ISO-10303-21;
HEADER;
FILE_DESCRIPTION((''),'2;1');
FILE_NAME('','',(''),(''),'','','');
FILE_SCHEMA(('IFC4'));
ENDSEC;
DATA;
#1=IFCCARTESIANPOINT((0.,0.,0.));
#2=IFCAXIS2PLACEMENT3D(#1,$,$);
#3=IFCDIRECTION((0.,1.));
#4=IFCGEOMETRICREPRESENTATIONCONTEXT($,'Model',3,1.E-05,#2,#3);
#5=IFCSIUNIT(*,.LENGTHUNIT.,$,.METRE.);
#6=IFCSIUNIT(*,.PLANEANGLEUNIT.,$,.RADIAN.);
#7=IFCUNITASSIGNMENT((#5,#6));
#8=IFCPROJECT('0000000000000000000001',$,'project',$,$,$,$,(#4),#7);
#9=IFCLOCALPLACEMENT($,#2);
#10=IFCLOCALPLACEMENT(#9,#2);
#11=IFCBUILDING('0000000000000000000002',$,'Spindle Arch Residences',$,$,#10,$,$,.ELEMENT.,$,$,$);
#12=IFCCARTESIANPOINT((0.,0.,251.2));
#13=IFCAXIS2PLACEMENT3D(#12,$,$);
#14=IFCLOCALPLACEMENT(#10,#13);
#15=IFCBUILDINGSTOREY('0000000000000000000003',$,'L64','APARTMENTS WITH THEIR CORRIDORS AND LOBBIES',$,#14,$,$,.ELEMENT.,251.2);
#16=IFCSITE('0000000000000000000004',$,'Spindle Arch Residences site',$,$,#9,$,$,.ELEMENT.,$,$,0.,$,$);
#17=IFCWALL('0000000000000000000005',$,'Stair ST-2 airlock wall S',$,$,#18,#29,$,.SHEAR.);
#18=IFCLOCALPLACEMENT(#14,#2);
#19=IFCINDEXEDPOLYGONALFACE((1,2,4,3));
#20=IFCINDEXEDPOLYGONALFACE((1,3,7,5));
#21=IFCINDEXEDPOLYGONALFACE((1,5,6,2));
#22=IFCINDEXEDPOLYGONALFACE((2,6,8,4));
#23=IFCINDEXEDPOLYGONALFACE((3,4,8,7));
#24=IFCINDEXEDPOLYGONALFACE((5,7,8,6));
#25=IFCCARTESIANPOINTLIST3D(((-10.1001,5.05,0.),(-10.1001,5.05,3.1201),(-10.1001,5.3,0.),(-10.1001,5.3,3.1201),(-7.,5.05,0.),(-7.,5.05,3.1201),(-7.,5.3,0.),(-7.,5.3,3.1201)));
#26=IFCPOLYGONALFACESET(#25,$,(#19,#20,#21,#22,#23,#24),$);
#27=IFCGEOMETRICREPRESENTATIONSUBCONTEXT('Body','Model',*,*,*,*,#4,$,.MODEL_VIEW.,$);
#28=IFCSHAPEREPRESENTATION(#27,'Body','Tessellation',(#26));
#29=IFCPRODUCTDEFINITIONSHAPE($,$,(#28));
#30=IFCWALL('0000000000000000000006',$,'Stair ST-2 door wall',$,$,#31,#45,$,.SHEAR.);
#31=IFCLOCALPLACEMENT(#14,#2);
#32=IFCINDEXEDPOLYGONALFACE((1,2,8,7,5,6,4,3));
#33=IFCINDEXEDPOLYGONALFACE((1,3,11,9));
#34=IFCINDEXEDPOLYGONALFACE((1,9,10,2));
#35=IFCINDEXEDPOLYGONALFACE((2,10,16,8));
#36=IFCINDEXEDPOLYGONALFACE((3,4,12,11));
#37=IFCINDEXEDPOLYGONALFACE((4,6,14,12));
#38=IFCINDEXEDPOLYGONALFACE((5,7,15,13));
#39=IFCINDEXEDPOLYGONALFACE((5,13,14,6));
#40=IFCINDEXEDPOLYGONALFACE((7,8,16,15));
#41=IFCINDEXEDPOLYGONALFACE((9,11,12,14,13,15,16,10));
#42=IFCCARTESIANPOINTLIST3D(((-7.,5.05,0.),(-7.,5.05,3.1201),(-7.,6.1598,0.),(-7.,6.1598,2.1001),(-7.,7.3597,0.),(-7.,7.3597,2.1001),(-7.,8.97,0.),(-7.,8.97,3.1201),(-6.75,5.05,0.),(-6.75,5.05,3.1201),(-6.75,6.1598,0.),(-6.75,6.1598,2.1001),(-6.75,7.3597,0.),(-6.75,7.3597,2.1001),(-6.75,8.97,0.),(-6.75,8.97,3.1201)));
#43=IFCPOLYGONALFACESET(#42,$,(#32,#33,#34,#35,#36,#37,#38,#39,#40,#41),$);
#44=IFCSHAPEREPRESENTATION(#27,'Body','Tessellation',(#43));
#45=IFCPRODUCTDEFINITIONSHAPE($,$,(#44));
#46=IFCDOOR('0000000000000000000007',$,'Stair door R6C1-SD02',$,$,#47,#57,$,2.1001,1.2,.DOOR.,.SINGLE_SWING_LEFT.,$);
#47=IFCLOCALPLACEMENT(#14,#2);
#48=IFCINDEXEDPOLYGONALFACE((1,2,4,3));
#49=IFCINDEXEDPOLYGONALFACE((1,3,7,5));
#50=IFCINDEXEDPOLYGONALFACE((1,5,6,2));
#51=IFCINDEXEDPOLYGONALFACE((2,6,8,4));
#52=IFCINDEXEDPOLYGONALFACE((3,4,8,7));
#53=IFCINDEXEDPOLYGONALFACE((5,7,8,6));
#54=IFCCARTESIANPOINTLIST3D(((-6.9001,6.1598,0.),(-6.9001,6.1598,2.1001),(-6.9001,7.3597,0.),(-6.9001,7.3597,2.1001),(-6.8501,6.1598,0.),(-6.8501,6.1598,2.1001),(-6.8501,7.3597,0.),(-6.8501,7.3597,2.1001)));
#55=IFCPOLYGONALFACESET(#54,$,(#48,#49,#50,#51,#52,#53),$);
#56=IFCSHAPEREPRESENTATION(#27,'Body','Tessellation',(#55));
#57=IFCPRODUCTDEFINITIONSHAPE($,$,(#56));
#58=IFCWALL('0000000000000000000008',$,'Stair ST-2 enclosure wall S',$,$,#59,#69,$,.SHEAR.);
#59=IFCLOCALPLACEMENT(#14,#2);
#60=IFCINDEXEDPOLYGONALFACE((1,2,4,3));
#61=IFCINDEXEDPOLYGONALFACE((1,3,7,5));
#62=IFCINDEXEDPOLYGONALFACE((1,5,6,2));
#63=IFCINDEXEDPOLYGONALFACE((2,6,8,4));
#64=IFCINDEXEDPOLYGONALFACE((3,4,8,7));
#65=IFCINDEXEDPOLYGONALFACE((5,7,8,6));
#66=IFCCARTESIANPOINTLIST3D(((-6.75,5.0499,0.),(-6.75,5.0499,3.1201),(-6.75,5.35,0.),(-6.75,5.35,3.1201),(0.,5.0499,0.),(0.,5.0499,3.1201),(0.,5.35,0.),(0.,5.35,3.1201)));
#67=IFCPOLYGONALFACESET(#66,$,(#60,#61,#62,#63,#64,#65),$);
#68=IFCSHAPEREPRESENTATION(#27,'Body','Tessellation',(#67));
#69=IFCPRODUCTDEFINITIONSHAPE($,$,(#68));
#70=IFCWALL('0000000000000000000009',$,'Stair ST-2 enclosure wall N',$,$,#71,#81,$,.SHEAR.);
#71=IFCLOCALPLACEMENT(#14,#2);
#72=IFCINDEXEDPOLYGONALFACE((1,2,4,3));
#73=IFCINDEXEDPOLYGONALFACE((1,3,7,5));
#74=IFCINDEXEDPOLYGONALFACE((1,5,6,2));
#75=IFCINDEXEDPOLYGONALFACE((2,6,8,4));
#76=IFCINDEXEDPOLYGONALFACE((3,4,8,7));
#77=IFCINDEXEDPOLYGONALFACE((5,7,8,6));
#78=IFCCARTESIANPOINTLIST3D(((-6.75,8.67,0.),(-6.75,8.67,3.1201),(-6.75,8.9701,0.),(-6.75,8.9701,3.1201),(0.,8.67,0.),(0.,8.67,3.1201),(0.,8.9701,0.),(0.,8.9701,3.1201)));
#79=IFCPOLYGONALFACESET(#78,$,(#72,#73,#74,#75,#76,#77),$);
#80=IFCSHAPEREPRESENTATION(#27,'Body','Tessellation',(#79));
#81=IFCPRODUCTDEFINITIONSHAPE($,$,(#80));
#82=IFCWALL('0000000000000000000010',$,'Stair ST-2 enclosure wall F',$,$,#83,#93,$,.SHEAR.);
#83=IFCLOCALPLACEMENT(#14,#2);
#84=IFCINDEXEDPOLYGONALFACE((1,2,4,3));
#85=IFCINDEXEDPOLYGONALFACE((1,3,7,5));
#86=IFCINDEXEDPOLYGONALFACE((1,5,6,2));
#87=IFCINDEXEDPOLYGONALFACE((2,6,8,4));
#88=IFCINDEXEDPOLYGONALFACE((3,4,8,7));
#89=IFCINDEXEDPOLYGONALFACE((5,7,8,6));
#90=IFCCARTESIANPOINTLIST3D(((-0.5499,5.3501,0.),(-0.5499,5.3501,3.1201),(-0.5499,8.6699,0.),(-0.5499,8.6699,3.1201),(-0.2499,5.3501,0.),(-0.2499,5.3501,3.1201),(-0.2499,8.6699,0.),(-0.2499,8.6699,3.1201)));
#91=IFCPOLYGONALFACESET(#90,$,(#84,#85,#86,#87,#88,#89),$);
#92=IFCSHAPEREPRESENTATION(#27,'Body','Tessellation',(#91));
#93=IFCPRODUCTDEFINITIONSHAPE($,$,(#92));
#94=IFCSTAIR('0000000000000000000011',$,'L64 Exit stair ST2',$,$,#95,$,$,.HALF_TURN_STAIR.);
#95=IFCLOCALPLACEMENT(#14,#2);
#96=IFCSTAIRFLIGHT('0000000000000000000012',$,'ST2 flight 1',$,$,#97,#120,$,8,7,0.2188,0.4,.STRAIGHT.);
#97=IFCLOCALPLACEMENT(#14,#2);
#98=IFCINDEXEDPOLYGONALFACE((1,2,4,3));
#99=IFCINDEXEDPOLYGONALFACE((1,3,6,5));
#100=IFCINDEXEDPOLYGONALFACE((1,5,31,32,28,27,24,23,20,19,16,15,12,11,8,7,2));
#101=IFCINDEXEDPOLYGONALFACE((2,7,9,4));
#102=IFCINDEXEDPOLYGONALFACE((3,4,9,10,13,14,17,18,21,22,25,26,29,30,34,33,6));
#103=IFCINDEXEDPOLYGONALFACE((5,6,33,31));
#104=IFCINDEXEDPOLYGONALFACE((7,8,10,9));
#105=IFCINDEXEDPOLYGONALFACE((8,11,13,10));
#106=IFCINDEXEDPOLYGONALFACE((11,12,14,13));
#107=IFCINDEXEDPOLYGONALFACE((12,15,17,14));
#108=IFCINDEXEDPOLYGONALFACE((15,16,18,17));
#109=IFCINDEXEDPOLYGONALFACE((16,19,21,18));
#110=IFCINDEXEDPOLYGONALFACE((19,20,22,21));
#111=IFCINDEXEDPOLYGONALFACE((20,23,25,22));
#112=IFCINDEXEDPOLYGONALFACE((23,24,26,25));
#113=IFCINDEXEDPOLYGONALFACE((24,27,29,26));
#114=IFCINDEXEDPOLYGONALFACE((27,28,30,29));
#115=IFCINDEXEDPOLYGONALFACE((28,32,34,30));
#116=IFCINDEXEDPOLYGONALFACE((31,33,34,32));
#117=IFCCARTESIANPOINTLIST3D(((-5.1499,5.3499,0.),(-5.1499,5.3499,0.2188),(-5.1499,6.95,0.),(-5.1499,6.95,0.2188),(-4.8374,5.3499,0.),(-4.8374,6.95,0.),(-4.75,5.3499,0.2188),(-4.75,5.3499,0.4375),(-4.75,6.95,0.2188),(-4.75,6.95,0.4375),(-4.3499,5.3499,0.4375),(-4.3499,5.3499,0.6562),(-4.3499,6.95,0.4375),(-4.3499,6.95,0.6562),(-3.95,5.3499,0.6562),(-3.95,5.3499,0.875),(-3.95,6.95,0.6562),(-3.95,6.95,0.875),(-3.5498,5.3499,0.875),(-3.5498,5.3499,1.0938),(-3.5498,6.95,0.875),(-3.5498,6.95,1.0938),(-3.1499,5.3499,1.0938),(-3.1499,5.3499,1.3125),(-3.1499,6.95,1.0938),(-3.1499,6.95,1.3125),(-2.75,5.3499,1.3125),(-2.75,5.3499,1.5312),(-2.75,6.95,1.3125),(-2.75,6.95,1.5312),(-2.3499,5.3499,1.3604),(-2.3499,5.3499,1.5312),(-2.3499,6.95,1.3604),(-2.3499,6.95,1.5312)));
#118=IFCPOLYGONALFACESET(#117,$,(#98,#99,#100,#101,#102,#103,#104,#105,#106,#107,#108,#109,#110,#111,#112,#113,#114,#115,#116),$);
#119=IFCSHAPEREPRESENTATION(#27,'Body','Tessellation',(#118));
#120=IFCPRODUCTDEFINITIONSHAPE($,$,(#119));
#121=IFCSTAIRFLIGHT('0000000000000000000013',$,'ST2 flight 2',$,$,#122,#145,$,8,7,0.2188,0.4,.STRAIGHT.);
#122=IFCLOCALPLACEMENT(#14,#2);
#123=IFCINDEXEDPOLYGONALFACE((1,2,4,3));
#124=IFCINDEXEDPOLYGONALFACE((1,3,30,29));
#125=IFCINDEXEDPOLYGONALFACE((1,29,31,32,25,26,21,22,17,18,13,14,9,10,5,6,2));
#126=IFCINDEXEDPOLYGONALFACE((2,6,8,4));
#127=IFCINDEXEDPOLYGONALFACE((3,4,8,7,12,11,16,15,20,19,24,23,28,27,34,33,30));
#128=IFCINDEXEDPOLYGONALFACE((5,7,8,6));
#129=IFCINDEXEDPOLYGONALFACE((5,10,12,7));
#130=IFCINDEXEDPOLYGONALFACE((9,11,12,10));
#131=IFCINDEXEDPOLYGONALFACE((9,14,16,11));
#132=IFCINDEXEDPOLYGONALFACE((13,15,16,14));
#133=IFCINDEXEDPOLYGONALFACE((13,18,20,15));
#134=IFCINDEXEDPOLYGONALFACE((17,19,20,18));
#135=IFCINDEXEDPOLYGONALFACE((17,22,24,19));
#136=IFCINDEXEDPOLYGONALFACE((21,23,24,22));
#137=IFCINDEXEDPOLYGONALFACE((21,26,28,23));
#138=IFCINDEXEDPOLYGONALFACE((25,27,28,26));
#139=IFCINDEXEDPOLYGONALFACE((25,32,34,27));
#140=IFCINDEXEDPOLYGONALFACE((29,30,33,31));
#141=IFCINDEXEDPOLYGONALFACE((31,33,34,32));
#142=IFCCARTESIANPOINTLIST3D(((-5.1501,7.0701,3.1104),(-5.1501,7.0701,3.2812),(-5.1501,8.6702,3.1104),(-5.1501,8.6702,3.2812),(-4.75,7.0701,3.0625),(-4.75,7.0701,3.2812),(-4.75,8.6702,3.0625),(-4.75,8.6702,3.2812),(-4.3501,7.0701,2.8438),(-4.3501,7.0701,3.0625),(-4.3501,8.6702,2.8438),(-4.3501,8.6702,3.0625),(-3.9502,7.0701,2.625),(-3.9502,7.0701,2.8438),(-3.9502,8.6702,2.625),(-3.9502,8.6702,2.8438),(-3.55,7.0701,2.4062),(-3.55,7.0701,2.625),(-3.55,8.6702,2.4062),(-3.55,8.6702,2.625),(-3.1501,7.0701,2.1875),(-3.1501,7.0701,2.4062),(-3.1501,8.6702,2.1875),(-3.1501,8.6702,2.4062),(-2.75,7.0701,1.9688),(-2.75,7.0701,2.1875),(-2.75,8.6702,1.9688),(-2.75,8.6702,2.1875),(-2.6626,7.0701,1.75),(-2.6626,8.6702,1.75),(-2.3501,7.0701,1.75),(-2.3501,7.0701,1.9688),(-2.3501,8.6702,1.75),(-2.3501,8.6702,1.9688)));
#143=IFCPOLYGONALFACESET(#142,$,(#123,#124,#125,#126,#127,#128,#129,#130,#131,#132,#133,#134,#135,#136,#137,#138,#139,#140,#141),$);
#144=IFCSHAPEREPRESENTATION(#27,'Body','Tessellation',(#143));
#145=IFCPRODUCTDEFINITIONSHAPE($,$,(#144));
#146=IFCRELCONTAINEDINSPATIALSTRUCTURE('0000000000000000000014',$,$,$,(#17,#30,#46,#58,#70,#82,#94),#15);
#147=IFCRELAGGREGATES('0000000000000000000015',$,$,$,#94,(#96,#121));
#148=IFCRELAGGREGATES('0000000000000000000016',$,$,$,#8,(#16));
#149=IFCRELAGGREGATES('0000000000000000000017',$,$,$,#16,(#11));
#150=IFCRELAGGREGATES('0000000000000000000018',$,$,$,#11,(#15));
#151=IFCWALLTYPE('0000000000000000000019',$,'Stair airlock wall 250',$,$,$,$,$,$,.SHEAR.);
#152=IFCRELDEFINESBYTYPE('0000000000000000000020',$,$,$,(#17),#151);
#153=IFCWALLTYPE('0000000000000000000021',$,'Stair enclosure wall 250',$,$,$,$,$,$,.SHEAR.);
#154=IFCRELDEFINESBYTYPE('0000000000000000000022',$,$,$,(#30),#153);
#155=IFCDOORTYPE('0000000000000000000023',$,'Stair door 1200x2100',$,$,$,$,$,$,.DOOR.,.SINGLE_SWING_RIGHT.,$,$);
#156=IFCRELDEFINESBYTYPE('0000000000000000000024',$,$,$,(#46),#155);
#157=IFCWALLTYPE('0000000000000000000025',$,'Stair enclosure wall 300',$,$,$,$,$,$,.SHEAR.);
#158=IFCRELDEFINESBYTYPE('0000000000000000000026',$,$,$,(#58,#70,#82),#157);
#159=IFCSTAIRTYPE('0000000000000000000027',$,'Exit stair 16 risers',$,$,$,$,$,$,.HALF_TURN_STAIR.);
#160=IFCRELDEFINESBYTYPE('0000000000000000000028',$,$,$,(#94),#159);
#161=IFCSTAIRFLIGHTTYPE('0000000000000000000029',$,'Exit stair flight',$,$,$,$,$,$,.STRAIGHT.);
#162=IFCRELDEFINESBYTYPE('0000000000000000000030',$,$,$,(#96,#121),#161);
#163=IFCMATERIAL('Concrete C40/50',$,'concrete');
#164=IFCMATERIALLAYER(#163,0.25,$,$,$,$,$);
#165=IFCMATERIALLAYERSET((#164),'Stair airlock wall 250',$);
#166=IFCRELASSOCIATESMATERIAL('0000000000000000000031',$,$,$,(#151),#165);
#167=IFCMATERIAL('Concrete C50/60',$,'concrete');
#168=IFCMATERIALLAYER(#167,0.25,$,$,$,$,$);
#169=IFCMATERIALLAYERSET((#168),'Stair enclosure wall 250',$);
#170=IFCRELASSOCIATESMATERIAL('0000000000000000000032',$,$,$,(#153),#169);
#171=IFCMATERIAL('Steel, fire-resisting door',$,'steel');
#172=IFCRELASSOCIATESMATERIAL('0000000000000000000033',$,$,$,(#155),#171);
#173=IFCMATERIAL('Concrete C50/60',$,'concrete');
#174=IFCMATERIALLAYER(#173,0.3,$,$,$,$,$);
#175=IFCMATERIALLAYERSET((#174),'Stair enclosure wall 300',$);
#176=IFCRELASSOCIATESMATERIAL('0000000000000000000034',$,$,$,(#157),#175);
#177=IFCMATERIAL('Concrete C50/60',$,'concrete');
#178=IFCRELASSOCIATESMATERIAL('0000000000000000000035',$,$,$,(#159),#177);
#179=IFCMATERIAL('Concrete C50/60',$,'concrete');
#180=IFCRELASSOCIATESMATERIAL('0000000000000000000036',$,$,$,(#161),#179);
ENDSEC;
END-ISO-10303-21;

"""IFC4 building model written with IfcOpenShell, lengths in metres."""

from ifc_helpers import new_model, si_unit, direction, frame, frame_2d, origin, place, context, subcontext, project, spatial, polyline, rectangle, outline, extrude, material, layer, layer_set, type_object, element, fill, aggregate, save


model = new_model("IFC4")

# Units and contexts
model_context = context("Model", 3, precision=1e-05, world=origin(), true_north=direction((0.0, 1.0)))
body_context = subcontext(model_context, "Body", "Model", "MODEL_VIEW")
ifc_project = project(units=[si_unit("LENGTHUNIT", "METRE"), si_unit("PLANEANGLEUNIT", "RADIAN")], contexts=[model_context])

# Site, building, storey
site_placement = place(None, origin())
site = spatial("IfcSite", under=ifc_project, at=site_placement, Name="Spindle Arch Residences site", CompositionType="ELEMENT", RefElevation=0.0)
building_placement = place(site_placement, origin())
building = spatial("IfcBuilding", under=site, at=building_placement, Name="Spindle Arch Residences", CompositionType="ELEMENT")
storey_placement = place(building_placement, frame((0.0, 0.0, 251.2)))
storey = spatial("IfcBuildingStorey", under=building, at=storey_placement, Name="L64", Description="APARTMENTS WITH THEIR CORRIDORS AND LOBBIES", CompositionType="ELEMENT", Elevation=251.2)

# Wall
ifc_material_1 = material(Name="Concrete C40/50", Category="concrete")
ifc_layer_1 = layer(ifc_material_1, 0.25)
ifc_layer_set_1 = layer_set([ifc_layer_1], Name="Stair airlock wall 250")
wall_type_1 = type_object("IfcWallType", Name="Stair airlock wall 250", PredefinedType="SHEAR", material=ifc_layer_set_1)
wall_1_placement = place(storey_placement, frame((-7.0, 5.175, 0.0), z_axis=(0.0, 0.0, 1.0), x_axis=(-1.0, 0.0, 0.0)))
element("IfcWall", 1, at=wall_1_placement, inside=storey, type_object=wall_type_1, Name="Stair ST-2 airlock wall S", PredefinedType="SHEAR", context=body_context, shape_type="SweptSolid", body=[
    extrude(rectangle(XDim=3.1001, YDim=0.25, at=frame_2d((1.55, 0.0))), origin(), (0.0, 0.0, 1.0), 3.1201),
])

# Wall, opening, door
ifc_material_2 = material(Name="Concrete C50/60", Category="concrete")
ifc_layer_2 = layer(ifc_material_2, 0.25)
ifc_layer_set_2 = layer_set([ifc_layer_2], Name="Stair enclosure wall 250")
wall_type_2 = type_object("IfcWallType", Name="Stair enclosure wall 250", PredefinedType="SHEAR", material=ifc_layer_set_2)
wall_2_placement = place(storey_placement, frame((-6.875, 8.97, 0.0), z_axis=(0.0, 0.0, 1.0), x_axis=(0.0, -1.0, 0.0)))
wall_2 = element("IfcWall", 2, at=wall_2_placement, inside=storey, type_object=wall_type_2, Name="Stair ST-2 door wall", PredefinedType="SHEAR", context=body_context, shape_type="SweptSolid", body=[
    extrude(rectangle(XDim=3.9199, YDim=0.25, at=frame_2d((1.96, 0.0))), origin(), (0.0, 0.0, 1.0), 3.1201),
])
opening_1_placement = place(wall_2_placement, frame((1.6101, 0.0, 0.0)))
opening_1 = element("IfcOpeningElement", 3, at=opening_1_placement, cuts=wall_2, PredefinedType="OPENING", context=body_context, shape_type="SweptSolid", body=[
    extrude(rectangle(XDim=1.2, YDim=2.1001, at=frame_2d((0.6001, 1.05))), frame((0.0, 0.135, 0.0), z_axis=(0.0, -1.0, 0.0), x_axis=(1.0, 0.0, 0.0)), (0.0, 0.0, 1.0), 0.27),
])
ifc_material_3 = material(Name="Steel, fire-resisting door", Category="steel")
door_type_1 = type_object("IfcDoorType", Name="Stair door 1200x2100", OperationType="SINGLE_SWING_RIGHT", PredefinedType="DOOR", material=ifc_material_3)
door_1_placement = place(opening_1_placement, origin())
door_1 = element("IfcDoor", 4, at=door_1_placement, inside=storey, type_object=door_type_1, Name="Stair door R6C1-SD02", OperationType="SINGLE_SWING_LEFT", OverallHeight=2.1001, OverallWidth=1.2, PredefinedType="DOOR", context=body_context, shape_type="SweptSolid", body=[
    extrude(rectangle(XDim=1.2, YDim=2.1001, at=frame_2d((0.6001, 1.05))), frame((0.0, 0.0249, 0.0), z_axis=(0.0, -1.0, 0.0), x_axis=(1.0, 0.0, 0.0)), (0.0, 0.0, 1.0), 0.05),
])
fill(opening_1, door_1)

# Walls
ifc_material_4 = material(Name="Concrete C50/60", Category="concrete")
ifc_layer_3 = layer(ifc_material_4, 0.3)
ifc_layer_set_3 = layer_set([ifc_layer_3], Name="Stair enclosure wall 300")
wall_type_3 = type_object("IfcWallType", Name="Stair enclosure wall 300", PredefinedType="SHEAR", material=ifc_layer_set_3)
for number, where, z_axis, x_axis, name in (
    (5, (-6.75, 5.2, 0.0), (0.0, 0.0, 1.0), (1.0, 0.0, 0.0), "Stair ST-2 enclosure wall S"),
    (6, (-6.75, 8.8201, 0.0), (0.0, 0.0, 1.0), (1.0, 0.0, 0.0), "Stair ST-2 enclosure wall N"),
):
    element("IfcWall", number, at=place(storey_placement, frame(where, z_axis=z_axis, x_axis=x_axis)), inside=storey, type_object=wall_type_3, Name=name, PredefinedType="SHEAR", context=body_context, shape_type="SweptSolid", body=[
        extrude(rectangle(XDim=6.75, YDim=0.3, at=frame_2d((3.375, 0.0))), origin(), (0.0, 0.0, 1.0), 3.1201),
    ])
wall_3_placement = place(storey_placement, frame((-0.3999, 5.3501, 0.0), z_axis=(0.0, 0.0, 1.0), x_axis=(0.0, 1.0, 0.0)))
element("IfcWall", 7, at=wall_3_placement, inside=storey, type_object=wall_type_3, Name="Stair ST-2 enclosure wall F", PredefinedType="SHEAR", context=body_context, shape_type="SweptSolid", body=[
    extrude(rectangle(XDim=3.3198, YDim=0.3, at=frame_2d((1.6599, 0.0))), origin(), (0.0, 0.0, 1.0), 3.1201),
])

# Stair, stair flights
ifc_material_5 = material(Name="Concrete C50/60", Category="concrete")
stair_type = type_object("IfcStairType", Name="Exit stair 16 risers", PredefinedType="HALF_TURN_STAIR", material=ifc_material_5)
stair_placement = place(storey_placement, origin())
stair = element("IfcStair", 8, at=stair_placement, inside=storey, type_object=stair_type, Name="L64 Exit stair ST2", PredefinedType="HALF_TURN_STAIR")
ifc_material_6 = material(Name="Concrete C50/60", Category="concrete")
stair_flight_type = type_object("IfcStairFlightType", Name="Exit stair flight", PredefinedType="STRAIGHT", material=ifc_material_6)
stair_flight_1_placement = place(storey_placement, frame((-5.1499, 6.1499, 0.0), z_axis=(0.0, 0.0, 1.0), x_axis=(1.0, 0.0, 0.0)))
stair_flight_1 = element("IfcStairFlight", 9, at=stair_flight_1_placement, type_object=stair_flight_type, Name="ST2 flight 1", NumberOfRisers=8, NumberOfTreads=7, PredefinedType="STRAIGHT", RiserHeight=0.2188, TreadLength=0.4, context=body_context, shape_type="SweptSolid", body=[
    extrude(outline(polyline([(0.0, 0.0), (0.0, 0.2188), (0.3999, 0.2188), (0.3999, 0.4375), (0.8, 0.4375), (0.8, 0.6562), (1.2, 0.6562), (1.2, 0.875), (1.6001, 0.875), (1.6001, 1.0938), (2.0, 1.0938), (2.0, 1.3125), (2.3999, 1.3125), (2.3999, 1.5312), (2.8, 1.5312), (2.8, 1.75), (2.8, 1.3604), (0.3125, 0.0), (0.0, 0.0)])), frame((0.0, 0.8, 0.0), z_axis=(0.0, -1.0, 0.0), x_axis=(1.0, 0.0, 0.0)), (0.0, 0.0, 1.0), 1.6001),
])
stair_flight_2_placement = place(storey_placement, frame((-2.3501, 7.8701, 1.75), z_axis=(0.0, 0.0, 1.0), x_axis=(-1.0, 0.0, 0.0)))
stair_flight_2 = element("IfcStairFlight", 10, at=stair_flight_2_placement, type_object=stair_flight_type, Name="ST2 flight 2", NumberOfRisers=8, NumberOfTreads=7, PredefinedType="STRAIGHT", RiserHeight=0.2188, TreadLength=0.4, context=body_context, shape_type="SweptSolid", body=[
    extrude(outline(polyline([(0.0, 0.0), (0.0, 0.2188), (0.3999, 0.2188), (0.3999, 0.4375), (0.8, 0.4375), (0.8, 0.6562), (1.2, 0.6562), (1.2, 0.875), (1.6001, 0.875), (1.6001, 1.0938), (2.0, 1.0938), (2.0, 1.3125), (2.3999, 1.3125), (2.3999, 1.5312), (2.8, 1.5312), (2.8, 1.75), (2.8, 1.3604), (0.3125, 0.0), (0.0, 0.0)])), frame((0.0, 0.8, 0.0), z_axis=(0.0, -1.0, 0.0), x_axis=(1.0, 0.0, 0.0)), (0.0, 0.0, 1.0), 1.6001),
])
aggregate(stair, [stair_flight_1, stair_flight_2])

save(model, "model.ifc")
